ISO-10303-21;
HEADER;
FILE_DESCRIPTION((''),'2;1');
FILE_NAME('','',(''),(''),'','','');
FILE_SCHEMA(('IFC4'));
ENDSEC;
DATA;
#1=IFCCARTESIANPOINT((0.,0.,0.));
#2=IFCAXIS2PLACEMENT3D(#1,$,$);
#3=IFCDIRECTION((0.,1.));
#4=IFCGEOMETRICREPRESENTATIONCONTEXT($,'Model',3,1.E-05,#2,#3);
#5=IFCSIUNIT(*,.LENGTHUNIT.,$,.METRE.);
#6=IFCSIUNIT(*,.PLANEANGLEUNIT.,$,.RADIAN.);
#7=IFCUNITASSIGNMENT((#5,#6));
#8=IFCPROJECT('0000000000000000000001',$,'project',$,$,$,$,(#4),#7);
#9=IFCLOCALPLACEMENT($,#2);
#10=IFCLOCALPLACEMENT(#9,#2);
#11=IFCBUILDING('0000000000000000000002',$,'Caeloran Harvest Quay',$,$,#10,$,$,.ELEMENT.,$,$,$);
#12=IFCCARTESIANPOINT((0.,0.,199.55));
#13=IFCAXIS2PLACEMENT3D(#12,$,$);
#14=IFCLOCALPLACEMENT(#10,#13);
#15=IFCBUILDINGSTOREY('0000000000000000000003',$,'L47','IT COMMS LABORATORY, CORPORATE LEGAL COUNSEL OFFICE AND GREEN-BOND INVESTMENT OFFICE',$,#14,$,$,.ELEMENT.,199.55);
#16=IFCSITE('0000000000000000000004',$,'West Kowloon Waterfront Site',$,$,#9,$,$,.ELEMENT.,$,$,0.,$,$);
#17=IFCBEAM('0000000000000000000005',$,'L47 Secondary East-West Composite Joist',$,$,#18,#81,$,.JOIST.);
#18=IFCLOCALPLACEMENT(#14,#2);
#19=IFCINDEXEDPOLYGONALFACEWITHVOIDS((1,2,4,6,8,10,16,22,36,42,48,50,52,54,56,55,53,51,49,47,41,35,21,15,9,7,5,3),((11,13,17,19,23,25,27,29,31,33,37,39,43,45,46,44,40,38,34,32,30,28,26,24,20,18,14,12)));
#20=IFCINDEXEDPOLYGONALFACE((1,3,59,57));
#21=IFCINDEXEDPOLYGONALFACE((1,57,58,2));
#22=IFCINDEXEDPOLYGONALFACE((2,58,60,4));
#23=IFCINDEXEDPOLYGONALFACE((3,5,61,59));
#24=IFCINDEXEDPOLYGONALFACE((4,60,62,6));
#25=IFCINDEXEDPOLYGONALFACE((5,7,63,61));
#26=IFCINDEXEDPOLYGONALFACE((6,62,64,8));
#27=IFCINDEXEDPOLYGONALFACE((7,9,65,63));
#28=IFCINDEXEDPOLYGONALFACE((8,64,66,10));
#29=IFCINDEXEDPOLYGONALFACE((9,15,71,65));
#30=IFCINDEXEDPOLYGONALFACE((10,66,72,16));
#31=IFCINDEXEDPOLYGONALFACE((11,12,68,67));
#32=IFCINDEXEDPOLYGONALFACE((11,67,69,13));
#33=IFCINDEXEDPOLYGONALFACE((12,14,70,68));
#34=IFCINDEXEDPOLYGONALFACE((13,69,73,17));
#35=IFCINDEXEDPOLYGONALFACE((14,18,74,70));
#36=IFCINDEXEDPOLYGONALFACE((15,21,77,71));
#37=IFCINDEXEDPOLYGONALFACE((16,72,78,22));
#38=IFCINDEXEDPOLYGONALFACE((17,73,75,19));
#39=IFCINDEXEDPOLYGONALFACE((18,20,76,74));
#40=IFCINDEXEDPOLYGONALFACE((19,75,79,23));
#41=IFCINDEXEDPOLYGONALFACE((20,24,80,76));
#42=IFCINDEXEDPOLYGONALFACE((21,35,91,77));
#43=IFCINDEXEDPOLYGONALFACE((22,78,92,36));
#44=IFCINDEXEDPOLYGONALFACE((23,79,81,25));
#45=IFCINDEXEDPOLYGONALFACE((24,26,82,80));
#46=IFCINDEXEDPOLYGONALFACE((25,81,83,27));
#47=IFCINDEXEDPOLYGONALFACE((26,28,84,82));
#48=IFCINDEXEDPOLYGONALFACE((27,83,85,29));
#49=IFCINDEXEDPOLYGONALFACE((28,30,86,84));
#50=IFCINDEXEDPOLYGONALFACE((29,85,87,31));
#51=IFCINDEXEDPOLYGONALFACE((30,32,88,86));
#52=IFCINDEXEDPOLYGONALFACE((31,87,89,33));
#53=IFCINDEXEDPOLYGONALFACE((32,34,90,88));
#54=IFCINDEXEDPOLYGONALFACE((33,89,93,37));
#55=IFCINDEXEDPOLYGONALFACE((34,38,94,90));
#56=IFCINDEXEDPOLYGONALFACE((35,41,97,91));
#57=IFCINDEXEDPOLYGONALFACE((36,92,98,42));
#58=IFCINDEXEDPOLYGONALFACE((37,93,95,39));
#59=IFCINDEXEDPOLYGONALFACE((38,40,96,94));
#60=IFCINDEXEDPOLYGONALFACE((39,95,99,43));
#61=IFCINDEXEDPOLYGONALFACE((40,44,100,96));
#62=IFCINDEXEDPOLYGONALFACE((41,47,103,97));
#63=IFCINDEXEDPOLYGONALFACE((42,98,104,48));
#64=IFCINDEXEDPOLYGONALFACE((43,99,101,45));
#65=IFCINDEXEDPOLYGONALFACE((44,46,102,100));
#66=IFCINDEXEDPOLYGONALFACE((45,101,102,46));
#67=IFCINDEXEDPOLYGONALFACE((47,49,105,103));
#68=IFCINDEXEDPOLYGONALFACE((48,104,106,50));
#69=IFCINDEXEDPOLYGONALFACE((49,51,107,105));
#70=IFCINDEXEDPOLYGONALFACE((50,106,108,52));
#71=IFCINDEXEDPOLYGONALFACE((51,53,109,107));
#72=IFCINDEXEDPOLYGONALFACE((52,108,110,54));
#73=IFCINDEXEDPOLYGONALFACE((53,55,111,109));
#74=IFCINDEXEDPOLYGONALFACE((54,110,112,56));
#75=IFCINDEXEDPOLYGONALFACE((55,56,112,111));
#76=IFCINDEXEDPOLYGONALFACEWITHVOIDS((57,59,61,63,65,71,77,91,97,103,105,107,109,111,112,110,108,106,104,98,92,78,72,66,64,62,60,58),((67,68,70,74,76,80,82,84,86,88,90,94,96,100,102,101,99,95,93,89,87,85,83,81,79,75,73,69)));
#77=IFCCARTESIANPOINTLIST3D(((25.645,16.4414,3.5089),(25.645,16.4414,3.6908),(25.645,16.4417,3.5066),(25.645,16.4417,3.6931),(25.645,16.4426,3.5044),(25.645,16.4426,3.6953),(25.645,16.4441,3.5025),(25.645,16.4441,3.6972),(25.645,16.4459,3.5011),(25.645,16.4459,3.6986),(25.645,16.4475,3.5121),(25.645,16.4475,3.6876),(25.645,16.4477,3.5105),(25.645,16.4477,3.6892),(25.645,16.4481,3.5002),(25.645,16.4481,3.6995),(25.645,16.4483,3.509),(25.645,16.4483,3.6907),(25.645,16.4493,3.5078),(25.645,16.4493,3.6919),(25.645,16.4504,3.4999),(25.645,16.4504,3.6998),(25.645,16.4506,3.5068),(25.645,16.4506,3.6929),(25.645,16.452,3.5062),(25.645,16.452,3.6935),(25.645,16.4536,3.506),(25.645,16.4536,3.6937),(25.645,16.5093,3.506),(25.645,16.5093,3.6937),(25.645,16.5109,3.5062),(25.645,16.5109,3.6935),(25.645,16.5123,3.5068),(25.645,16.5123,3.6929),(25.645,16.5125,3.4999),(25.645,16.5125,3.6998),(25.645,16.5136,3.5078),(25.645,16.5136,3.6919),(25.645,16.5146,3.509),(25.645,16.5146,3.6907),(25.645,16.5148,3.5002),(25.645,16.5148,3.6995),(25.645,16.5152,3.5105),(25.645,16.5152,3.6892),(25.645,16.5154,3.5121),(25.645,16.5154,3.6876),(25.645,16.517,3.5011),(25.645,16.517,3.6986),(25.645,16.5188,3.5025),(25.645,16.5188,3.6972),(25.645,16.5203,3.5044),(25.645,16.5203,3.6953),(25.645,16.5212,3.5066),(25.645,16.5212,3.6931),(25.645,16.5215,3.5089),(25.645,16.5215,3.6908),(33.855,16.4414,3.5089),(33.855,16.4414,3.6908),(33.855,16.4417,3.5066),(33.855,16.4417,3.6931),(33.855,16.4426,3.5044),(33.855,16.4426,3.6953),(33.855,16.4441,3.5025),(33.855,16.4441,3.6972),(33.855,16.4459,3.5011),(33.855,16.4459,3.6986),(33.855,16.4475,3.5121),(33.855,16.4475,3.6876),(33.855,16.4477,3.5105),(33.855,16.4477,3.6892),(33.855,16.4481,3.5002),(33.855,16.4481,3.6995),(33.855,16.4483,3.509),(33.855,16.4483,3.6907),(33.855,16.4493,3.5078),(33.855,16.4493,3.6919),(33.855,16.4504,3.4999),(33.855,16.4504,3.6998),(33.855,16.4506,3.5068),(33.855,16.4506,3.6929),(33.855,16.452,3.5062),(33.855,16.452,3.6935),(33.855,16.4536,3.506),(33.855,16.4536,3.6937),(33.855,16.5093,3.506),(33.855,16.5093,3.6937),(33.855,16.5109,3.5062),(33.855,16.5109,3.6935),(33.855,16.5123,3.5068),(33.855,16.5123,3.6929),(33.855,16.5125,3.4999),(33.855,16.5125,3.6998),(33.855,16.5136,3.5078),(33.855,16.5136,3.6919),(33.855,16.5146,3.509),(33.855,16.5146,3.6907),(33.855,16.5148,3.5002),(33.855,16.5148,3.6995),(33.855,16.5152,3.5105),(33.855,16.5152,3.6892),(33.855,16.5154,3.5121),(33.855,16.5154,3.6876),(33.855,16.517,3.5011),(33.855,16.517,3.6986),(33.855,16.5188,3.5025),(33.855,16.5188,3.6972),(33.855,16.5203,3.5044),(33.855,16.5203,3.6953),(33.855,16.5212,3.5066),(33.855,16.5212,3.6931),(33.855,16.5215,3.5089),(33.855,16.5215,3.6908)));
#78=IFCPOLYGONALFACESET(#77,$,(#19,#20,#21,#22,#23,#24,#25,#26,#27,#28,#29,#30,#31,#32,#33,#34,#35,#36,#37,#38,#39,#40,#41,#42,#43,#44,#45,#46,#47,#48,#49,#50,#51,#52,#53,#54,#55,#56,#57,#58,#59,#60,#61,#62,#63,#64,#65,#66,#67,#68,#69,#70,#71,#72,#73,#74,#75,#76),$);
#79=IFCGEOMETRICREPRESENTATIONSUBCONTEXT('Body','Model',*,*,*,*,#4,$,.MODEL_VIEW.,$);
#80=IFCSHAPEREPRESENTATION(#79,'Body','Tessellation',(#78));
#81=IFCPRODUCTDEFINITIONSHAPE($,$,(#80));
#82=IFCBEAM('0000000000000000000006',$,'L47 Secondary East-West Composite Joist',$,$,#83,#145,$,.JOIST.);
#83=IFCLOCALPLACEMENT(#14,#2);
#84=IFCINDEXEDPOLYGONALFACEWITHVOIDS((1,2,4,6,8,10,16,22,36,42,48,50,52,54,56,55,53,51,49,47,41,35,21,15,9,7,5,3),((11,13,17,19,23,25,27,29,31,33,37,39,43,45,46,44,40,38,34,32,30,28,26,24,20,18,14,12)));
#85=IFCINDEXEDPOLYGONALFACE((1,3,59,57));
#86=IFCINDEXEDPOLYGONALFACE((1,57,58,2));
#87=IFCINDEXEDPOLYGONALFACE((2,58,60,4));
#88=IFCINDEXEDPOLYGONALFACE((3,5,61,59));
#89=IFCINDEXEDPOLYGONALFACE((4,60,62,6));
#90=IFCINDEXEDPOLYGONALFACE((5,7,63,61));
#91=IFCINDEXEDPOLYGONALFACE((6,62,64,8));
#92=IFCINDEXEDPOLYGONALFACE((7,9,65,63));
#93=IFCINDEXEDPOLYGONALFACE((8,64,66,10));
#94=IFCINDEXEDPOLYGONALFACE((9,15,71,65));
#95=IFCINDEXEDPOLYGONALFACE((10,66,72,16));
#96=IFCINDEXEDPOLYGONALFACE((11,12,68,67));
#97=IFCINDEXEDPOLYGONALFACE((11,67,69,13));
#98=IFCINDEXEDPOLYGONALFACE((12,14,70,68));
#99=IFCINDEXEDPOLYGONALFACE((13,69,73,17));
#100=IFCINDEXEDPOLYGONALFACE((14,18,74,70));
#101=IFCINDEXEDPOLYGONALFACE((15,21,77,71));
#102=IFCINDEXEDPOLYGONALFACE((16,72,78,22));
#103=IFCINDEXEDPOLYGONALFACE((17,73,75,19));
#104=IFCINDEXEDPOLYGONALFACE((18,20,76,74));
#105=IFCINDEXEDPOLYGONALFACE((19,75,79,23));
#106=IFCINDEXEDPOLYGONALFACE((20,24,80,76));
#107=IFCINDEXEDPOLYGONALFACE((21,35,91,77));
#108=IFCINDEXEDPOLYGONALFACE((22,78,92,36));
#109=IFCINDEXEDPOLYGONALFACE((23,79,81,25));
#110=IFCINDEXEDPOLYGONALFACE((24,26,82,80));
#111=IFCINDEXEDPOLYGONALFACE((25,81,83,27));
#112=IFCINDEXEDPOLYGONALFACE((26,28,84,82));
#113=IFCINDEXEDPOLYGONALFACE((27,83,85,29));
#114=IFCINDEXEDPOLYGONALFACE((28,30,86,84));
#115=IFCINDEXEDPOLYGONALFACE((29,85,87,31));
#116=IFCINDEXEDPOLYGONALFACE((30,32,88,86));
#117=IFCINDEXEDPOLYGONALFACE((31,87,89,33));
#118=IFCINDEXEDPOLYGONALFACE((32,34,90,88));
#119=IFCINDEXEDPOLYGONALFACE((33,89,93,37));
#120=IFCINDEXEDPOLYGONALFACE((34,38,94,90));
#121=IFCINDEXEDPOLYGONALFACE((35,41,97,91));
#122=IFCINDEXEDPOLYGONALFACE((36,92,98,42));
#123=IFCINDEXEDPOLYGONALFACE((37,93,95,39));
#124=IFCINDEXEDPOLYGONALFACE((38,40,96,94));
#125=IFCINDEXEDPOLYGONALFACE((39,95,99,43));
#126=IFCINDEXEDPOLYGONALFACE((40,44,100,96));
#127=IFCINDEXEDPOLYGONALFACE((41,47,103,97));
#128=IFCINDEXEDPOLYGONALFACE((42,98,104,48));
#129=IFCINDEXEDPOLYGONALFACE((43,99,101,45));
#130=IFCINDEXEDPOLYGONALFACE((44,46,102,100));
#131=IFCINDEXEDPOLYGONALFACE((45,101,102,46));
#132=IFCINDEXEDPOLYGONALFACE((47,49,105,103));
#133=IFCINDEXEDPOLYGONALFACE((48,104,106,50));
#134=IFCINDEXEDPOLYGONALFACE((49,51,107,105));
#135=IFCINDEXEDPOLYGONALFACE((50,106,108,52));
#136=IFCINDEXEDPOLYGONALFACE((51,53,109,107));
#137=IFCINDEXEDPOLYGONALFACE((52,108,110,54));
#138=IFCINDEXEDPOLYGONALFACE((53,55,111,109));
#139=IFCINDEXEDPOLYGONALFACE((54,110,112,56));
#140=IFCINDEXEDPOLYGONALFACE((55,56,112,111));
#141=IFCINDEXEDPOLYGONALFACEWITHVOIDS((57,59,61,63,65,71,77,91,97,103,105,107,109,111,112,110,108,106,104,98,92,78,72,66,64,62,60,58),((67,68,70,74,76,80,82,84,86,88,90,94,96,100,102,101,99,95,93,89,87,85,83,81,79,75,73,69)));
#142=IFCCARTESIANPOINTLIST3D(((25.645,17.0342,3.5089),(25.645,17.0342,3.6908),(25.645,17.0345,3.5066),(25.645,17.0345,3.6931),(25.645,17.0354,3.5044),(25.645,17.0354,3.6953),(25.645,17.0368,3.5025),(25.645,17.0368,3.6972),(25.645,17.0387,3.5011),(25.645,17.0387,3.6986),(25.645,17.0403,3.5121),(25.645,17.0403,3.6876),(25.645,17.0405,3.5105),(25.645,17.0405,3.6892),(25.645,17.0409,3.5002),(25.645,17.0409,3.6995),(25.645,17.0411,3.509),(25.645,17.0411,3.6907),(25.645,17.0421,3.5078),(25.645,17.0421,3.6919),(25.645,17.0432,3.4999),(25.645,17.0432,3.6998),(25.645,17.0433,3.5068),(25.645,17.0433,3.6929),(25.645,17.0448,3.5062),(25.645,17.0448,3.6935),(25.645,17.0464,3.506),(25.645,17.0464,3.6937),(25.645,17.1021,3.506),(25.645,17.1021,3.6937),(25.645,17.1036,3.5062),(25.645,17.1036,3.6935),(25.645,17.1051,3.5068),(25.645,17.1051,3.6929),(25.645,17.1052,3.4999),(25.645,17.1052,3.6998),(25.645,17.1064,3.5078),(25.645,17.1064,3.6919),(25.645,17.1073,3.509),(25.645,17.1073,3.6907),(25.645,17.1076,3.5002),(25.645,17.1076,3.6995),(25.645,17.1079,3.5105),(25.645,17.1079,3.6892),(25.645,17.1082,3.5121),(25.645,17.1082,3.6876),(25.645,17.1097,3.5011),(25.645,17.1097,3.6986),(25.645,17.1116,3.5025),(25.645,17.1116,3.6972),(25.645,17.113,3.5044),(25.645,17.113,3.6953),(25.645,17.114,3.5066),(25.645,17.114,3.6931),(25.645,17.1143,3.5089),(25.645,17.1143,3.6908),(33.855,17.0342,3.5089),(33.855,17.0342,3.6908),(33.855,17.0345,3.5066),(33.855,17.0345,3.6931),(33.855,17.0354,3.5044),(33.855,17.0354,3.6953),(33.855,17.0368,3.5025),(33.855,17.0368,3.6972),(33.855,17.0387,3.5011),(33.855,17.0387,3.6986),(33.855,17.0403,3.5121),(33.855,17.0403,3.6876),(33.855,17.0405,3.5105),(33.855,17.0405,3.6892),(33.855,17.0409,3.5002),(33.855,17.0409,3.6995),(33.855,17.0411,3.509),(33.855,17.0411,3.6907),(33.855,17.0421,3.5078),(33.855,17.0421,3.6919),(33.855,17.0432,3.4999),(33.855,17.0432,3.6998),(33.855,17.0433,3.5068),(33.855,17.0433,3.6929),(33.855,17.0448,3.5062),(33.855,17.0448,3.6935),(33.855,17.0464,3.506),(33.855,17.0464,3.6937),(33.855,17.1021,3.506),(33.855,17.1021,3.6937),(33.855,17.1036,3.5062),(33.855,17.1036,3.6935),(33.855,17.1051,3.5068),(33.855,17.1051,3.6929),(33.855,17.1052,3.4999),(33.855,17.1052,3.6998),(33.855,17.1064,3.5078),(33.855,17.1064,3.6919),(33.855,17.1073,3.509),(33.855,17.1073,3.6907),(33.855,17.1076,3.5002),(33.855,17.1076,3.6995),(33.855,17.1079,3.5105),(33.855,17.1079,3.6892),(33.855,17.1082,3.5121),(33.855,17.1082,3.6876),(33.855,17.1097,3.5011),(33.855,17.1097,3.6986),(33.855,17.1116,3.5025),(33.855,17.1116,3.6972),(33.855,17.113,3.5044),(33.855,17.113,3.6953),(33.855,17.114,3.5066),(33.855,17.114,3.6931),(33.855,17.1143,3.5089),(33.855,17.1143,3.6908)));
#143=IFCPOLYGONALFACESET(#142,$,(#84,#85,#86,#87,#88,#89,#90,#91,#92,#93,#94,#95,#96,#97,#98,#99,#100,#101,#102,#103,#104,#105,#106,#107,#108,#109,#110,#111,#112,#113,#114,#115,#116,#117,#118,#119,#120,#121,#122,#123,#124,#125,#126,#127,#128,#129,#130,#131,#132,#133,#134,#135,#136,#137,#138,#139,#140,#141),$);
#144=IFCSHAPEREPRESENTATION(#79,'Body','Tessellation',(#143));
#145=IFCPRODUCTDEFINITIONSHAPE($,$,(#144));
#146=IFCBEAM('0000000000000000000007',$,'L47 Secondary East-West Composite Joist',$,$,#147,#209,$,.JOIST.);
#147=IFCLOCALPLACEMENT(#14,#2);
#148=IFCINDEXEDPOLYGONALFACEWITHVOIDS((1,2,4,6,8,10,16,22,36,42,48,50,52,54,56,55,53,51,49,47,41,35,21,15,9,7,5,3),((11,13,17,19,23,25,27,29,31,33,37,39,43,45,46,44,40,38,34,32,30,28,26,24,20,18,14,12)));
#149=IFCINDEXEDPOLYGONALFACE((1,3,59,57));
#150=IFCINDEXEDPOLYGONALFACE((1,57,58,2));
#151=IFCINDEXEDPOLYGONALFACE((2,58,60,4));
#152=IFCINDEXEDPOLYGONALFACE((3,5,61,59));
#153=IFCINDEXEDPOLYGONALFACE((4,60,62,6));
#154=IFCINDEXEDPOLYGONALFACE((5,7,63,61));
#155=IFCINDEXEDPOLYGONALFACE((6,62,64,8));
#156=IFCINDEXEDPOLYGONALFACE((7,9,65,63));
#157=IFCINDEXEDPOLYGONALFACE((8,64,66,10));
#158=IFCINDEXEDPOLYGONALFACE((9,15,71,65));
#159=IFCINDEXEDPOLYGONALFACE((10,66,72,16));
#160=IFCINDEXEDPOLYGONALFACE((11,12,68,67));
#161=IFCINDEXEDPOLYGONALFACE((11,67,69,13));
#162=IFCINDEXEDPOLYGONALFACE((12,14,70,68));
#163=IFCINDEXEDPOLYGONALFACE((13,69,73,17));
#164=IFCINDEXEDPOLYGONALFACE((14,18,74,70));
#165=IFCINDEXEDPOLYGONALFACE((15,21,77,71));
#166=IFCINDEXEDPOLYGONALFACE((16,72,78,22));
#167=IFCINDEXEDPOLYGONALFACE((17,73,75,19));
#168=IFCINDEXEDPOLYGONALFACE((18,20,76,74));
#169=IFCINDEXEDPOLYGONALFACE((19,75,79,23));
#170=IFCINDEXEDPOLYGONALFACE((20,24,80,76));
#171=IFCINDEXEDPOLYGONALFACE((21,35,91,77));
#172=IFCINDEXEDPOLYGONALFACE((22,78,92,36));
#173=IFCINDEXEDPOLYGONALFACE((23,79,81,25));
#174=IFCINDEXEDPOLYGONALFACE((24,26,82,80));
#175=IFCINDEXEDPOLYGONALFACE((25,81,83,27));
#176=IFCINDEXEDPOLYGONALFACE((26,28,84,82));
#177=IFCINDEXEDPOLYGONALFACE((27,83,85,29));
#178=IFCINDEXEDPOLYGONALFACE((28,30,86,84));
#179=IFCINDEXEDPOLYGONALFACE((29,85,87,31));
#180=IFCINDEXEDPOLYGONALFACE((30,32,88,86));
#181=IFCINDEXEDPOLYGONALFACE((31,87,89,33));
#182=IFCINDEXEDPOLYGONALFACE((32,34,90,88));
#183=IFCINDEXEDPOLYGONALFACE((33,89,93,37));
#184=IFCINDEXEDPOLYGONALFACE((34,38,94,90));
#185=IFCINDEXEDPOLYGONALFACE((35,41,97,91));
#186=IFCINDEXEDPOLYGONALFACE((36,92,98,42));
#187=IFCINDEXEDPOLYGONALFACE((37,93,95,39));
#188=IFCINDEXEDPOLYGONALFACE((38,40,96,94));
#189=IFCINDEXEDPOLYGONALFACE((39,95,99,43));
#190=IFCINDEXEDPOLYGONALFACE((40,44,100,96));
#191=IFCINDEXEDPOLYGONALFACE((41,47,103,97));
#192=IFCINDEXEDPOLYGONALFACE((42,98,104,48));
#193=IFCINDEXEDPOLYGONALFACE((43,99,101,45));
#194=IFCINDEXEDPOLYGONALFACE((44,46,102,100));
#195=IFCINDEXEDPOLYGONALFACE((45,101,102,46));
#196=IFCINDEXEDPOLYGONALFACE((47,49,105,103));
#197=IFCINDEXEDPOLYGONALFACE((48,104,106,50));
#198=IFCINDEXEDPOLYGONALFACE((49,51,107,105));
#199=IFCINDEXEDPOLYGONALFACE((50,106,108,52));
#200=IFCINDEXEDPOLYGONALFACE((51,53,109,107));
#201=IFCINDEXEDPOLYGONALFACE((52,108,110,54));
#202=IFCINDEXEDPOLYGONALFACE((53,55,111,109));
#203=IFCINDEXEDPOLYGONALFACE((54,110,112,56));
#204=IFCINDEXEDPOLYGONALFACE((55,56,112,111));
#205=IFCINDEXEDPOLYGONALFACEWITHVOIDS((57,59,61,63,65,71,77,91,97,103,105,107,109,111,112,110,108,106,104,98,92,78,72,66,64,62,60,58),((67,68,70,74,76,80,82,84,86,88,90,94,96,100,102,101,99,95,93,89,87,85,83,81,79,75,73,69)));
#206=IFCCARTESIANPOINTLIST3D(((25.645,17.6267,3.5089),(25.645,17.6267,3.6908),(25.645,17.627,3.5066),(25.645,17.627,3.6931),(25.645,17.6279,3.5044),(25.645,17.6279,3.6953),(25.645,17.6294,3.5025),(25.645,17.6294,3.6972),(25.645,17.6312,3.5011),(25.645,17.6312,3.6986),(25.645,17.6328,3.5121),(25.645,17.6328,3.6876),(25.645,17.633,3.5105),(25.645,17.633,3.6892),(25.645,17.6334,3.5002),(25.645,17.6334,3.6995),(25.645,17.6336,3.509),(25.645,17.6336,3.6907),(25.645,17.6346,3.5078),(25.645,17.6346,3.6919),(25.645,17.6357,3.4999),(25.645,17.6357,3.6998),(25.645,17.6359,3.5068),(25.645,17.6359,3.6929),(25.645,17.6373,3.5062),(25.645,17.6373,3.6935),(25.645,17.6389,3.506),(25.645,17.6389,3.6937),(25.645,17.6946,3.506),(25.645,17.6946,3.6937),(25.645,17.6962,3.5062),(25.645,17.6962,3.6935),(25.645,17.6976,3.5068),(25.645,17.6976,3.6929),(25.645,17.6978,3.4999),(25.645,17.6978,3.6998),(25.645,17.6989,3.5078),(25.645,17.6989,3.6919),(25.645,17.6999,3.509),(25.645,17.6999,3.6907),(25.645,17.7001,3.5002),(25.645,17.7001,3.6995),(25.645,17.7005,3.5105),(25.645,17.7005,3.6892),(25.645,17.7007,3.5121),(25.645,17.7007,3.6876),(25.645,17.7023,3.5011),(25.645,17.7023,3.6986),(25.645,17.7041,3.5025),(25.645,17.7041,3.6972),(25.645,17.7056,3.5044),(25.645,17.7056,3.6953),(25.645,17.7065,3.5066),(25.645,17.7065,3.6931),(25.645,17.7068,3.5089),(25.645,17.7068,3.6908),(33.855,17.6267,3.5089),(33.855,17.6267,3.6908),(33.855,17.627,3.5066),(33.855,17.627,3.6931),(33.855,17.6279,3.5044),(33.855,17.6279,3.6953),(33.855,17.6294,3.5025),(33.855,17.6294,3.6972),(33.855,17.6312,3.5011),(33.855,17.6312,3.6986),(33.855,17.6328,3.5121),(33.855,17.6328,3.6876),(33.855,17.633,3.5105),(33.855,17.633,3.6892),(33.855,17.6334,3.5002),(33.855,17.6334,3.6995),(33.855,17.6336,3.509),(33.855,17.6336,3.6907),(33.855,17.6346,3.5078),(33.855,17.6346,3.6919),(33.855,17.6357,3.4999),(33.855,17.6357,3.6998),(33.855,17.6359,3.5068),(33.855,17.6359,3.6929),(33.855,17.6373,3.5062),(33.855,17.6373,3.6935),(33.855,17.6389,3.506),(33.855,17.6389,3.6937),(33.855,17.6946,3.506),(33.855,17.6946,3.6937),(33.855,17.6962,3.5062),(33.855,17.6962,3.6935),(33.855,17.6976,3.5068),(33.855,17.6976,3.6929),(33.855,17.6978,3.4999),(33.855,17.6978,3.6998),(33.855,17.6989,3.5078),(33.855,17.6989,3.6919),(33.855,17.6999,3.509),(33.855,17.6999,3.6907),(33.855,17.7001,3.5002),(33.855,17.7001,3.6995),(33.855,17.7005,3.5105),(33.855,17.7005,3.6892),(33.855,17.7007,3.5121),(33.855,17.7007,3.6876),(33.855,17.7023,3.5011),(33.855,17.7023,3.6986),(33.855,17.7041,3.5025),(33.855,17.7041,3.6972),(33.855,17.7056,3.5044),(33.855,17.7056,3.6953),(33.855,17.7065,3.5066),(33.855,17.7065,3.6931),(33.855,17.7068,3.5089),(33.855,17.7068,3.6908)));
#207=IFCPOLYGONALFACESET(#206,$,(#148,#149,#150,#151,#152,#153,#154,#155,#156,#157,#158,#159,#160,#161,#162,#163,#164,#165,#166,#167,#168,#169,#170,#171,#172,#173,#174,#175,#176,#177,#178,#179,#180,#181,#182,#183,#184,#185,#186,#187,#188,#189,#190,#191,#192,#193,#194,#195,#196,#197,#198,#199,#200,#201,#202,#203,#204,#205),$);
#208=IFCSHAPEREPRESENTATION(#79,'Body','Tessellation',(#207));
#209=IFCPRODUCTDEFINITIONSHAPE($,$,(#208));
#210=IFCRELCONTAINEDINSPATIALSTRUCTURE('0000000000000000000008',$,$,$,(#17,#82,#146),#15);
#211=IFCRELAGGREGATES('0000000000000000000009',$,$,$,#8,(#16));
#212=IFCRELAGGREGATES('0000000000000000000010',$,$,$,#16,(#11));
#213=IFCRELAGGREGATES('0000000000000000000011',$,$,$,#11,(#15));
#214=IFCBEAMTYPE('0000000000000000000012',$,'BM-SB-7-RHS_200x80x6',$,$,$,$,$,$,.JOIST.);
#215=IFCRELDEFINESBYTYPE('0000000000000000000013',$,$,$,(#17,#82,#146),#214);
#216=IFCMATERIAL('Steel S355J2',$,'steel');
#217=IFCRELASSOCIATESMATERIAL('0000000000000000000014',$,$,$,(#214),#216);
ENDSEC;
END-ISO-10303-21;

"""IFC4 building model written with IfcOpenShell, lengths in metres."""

from ifc_helpers import new_model, si_unit, direction, frame, origin, origin_2d, place, context, subcontext, project, spatial, hollow_rectangle, extrude, material, material_profile, profile_set, type_object, element, save


model = new_model("IFC4")

# Units and contexts
model_context = context("Model", 3, precision=1e-05, world=origin(), true_north=direction((0.0, 1.0)))
body_context = subcontext(model_context, "Body", "Model", "MODEL_VIEW")
ifc_project = project(units=[si_unit("LENGTHUNIT", "METRE"), si_unit("PLANEANGLEUNIT", "RADIAN")], contexts=[model_context])

# Site, building, storey
site_placement = place(None, origin())
site = spatial("IfcSite", under=ifc_project, at=site_placement, Name="West Kowloon Waterfront Site", CompositionType="ELEMENT", RefElevation=0.0)
building_placement = place(site_placement, origin())
building = spatial("IfcBuilding", under=site, at=building_placement, Name="Caeloran Harvest Quay", CompositionType="ELEMENT")
storey_placement = place(building_placement, frame((0.0, 0.0, 199.55)))
storey = spatial("IfcBuildingStorey", under=building, at=storey_placement, Name="L47", Description="IT COMMS LABORATORY, CORPORATE LEGAL COUNSEL OFFICE AND GREEN-BOND INVESTMENT OFFICE", CompositionType="ELEMENT", Elevation=199.55)

# Beams
ifc_material_1 = material(Name="Steel S355J2", Category="steel")
ifc_material_profile_1 = material_profile(ifc_material_1, hollow_rectangle(XDim=0.0801, YDim=0.2, WallThickness=0.0061, InnerFilletRadius=0.0061, OuterFilletRadius=0.009, at=origin_2d()), Name="RHS 200x80x6")
ifc_profile_set_1 = profile_set([ifc_material_profile_1], Name="Steel S355J2")
beam_type_1 = type_object("IfcBeamType", Name="BM-SB-7-RHS_200x80x6", PredefinedType="JOIST", material=ifc_profile_set_1)
for number, where, z_axis, x_axis, name in (
    (1, (25.645, 16.4814, 3.5999), (1.0, 0.0, 0.0), (0.0, 1.0, 0.0), "L47 Secondary East-West Composite Joist"),
    (2, (25.645, 17.0742, 3.5999), (1.0, 0.0, 0.0), (0.0, 1.0, 0.0), "L47 Secondary East-West Composite Joist"),
    (3, (25.645, 17.6667, 3.5999), (1.0, 0.0, 0.0), (0.0, 1.0, 0.0), "L47 Secondary East-West Composite Joist"),
):
    element("IfcBeam", number, at=place(storey_placement, frame(where, z_axis=z_axis, x_axis=x_axis)), inside=storey, type_object=beam_type_1, Name=name, PredefinedType="JOIST", context=body_context, shape_type="SweptSolid", body=[
        extrude(hollow_rectangle(XDim=0.0801, YDim=0.2, WallThickness=0.0061, InnerFilletRadius=0.0061, OuterFilletRadius=0.009, at=origin_2d()), origin(), (0.0, 0.0, 1.0), 8.21),
    ])

save(model, "model.ifc")
